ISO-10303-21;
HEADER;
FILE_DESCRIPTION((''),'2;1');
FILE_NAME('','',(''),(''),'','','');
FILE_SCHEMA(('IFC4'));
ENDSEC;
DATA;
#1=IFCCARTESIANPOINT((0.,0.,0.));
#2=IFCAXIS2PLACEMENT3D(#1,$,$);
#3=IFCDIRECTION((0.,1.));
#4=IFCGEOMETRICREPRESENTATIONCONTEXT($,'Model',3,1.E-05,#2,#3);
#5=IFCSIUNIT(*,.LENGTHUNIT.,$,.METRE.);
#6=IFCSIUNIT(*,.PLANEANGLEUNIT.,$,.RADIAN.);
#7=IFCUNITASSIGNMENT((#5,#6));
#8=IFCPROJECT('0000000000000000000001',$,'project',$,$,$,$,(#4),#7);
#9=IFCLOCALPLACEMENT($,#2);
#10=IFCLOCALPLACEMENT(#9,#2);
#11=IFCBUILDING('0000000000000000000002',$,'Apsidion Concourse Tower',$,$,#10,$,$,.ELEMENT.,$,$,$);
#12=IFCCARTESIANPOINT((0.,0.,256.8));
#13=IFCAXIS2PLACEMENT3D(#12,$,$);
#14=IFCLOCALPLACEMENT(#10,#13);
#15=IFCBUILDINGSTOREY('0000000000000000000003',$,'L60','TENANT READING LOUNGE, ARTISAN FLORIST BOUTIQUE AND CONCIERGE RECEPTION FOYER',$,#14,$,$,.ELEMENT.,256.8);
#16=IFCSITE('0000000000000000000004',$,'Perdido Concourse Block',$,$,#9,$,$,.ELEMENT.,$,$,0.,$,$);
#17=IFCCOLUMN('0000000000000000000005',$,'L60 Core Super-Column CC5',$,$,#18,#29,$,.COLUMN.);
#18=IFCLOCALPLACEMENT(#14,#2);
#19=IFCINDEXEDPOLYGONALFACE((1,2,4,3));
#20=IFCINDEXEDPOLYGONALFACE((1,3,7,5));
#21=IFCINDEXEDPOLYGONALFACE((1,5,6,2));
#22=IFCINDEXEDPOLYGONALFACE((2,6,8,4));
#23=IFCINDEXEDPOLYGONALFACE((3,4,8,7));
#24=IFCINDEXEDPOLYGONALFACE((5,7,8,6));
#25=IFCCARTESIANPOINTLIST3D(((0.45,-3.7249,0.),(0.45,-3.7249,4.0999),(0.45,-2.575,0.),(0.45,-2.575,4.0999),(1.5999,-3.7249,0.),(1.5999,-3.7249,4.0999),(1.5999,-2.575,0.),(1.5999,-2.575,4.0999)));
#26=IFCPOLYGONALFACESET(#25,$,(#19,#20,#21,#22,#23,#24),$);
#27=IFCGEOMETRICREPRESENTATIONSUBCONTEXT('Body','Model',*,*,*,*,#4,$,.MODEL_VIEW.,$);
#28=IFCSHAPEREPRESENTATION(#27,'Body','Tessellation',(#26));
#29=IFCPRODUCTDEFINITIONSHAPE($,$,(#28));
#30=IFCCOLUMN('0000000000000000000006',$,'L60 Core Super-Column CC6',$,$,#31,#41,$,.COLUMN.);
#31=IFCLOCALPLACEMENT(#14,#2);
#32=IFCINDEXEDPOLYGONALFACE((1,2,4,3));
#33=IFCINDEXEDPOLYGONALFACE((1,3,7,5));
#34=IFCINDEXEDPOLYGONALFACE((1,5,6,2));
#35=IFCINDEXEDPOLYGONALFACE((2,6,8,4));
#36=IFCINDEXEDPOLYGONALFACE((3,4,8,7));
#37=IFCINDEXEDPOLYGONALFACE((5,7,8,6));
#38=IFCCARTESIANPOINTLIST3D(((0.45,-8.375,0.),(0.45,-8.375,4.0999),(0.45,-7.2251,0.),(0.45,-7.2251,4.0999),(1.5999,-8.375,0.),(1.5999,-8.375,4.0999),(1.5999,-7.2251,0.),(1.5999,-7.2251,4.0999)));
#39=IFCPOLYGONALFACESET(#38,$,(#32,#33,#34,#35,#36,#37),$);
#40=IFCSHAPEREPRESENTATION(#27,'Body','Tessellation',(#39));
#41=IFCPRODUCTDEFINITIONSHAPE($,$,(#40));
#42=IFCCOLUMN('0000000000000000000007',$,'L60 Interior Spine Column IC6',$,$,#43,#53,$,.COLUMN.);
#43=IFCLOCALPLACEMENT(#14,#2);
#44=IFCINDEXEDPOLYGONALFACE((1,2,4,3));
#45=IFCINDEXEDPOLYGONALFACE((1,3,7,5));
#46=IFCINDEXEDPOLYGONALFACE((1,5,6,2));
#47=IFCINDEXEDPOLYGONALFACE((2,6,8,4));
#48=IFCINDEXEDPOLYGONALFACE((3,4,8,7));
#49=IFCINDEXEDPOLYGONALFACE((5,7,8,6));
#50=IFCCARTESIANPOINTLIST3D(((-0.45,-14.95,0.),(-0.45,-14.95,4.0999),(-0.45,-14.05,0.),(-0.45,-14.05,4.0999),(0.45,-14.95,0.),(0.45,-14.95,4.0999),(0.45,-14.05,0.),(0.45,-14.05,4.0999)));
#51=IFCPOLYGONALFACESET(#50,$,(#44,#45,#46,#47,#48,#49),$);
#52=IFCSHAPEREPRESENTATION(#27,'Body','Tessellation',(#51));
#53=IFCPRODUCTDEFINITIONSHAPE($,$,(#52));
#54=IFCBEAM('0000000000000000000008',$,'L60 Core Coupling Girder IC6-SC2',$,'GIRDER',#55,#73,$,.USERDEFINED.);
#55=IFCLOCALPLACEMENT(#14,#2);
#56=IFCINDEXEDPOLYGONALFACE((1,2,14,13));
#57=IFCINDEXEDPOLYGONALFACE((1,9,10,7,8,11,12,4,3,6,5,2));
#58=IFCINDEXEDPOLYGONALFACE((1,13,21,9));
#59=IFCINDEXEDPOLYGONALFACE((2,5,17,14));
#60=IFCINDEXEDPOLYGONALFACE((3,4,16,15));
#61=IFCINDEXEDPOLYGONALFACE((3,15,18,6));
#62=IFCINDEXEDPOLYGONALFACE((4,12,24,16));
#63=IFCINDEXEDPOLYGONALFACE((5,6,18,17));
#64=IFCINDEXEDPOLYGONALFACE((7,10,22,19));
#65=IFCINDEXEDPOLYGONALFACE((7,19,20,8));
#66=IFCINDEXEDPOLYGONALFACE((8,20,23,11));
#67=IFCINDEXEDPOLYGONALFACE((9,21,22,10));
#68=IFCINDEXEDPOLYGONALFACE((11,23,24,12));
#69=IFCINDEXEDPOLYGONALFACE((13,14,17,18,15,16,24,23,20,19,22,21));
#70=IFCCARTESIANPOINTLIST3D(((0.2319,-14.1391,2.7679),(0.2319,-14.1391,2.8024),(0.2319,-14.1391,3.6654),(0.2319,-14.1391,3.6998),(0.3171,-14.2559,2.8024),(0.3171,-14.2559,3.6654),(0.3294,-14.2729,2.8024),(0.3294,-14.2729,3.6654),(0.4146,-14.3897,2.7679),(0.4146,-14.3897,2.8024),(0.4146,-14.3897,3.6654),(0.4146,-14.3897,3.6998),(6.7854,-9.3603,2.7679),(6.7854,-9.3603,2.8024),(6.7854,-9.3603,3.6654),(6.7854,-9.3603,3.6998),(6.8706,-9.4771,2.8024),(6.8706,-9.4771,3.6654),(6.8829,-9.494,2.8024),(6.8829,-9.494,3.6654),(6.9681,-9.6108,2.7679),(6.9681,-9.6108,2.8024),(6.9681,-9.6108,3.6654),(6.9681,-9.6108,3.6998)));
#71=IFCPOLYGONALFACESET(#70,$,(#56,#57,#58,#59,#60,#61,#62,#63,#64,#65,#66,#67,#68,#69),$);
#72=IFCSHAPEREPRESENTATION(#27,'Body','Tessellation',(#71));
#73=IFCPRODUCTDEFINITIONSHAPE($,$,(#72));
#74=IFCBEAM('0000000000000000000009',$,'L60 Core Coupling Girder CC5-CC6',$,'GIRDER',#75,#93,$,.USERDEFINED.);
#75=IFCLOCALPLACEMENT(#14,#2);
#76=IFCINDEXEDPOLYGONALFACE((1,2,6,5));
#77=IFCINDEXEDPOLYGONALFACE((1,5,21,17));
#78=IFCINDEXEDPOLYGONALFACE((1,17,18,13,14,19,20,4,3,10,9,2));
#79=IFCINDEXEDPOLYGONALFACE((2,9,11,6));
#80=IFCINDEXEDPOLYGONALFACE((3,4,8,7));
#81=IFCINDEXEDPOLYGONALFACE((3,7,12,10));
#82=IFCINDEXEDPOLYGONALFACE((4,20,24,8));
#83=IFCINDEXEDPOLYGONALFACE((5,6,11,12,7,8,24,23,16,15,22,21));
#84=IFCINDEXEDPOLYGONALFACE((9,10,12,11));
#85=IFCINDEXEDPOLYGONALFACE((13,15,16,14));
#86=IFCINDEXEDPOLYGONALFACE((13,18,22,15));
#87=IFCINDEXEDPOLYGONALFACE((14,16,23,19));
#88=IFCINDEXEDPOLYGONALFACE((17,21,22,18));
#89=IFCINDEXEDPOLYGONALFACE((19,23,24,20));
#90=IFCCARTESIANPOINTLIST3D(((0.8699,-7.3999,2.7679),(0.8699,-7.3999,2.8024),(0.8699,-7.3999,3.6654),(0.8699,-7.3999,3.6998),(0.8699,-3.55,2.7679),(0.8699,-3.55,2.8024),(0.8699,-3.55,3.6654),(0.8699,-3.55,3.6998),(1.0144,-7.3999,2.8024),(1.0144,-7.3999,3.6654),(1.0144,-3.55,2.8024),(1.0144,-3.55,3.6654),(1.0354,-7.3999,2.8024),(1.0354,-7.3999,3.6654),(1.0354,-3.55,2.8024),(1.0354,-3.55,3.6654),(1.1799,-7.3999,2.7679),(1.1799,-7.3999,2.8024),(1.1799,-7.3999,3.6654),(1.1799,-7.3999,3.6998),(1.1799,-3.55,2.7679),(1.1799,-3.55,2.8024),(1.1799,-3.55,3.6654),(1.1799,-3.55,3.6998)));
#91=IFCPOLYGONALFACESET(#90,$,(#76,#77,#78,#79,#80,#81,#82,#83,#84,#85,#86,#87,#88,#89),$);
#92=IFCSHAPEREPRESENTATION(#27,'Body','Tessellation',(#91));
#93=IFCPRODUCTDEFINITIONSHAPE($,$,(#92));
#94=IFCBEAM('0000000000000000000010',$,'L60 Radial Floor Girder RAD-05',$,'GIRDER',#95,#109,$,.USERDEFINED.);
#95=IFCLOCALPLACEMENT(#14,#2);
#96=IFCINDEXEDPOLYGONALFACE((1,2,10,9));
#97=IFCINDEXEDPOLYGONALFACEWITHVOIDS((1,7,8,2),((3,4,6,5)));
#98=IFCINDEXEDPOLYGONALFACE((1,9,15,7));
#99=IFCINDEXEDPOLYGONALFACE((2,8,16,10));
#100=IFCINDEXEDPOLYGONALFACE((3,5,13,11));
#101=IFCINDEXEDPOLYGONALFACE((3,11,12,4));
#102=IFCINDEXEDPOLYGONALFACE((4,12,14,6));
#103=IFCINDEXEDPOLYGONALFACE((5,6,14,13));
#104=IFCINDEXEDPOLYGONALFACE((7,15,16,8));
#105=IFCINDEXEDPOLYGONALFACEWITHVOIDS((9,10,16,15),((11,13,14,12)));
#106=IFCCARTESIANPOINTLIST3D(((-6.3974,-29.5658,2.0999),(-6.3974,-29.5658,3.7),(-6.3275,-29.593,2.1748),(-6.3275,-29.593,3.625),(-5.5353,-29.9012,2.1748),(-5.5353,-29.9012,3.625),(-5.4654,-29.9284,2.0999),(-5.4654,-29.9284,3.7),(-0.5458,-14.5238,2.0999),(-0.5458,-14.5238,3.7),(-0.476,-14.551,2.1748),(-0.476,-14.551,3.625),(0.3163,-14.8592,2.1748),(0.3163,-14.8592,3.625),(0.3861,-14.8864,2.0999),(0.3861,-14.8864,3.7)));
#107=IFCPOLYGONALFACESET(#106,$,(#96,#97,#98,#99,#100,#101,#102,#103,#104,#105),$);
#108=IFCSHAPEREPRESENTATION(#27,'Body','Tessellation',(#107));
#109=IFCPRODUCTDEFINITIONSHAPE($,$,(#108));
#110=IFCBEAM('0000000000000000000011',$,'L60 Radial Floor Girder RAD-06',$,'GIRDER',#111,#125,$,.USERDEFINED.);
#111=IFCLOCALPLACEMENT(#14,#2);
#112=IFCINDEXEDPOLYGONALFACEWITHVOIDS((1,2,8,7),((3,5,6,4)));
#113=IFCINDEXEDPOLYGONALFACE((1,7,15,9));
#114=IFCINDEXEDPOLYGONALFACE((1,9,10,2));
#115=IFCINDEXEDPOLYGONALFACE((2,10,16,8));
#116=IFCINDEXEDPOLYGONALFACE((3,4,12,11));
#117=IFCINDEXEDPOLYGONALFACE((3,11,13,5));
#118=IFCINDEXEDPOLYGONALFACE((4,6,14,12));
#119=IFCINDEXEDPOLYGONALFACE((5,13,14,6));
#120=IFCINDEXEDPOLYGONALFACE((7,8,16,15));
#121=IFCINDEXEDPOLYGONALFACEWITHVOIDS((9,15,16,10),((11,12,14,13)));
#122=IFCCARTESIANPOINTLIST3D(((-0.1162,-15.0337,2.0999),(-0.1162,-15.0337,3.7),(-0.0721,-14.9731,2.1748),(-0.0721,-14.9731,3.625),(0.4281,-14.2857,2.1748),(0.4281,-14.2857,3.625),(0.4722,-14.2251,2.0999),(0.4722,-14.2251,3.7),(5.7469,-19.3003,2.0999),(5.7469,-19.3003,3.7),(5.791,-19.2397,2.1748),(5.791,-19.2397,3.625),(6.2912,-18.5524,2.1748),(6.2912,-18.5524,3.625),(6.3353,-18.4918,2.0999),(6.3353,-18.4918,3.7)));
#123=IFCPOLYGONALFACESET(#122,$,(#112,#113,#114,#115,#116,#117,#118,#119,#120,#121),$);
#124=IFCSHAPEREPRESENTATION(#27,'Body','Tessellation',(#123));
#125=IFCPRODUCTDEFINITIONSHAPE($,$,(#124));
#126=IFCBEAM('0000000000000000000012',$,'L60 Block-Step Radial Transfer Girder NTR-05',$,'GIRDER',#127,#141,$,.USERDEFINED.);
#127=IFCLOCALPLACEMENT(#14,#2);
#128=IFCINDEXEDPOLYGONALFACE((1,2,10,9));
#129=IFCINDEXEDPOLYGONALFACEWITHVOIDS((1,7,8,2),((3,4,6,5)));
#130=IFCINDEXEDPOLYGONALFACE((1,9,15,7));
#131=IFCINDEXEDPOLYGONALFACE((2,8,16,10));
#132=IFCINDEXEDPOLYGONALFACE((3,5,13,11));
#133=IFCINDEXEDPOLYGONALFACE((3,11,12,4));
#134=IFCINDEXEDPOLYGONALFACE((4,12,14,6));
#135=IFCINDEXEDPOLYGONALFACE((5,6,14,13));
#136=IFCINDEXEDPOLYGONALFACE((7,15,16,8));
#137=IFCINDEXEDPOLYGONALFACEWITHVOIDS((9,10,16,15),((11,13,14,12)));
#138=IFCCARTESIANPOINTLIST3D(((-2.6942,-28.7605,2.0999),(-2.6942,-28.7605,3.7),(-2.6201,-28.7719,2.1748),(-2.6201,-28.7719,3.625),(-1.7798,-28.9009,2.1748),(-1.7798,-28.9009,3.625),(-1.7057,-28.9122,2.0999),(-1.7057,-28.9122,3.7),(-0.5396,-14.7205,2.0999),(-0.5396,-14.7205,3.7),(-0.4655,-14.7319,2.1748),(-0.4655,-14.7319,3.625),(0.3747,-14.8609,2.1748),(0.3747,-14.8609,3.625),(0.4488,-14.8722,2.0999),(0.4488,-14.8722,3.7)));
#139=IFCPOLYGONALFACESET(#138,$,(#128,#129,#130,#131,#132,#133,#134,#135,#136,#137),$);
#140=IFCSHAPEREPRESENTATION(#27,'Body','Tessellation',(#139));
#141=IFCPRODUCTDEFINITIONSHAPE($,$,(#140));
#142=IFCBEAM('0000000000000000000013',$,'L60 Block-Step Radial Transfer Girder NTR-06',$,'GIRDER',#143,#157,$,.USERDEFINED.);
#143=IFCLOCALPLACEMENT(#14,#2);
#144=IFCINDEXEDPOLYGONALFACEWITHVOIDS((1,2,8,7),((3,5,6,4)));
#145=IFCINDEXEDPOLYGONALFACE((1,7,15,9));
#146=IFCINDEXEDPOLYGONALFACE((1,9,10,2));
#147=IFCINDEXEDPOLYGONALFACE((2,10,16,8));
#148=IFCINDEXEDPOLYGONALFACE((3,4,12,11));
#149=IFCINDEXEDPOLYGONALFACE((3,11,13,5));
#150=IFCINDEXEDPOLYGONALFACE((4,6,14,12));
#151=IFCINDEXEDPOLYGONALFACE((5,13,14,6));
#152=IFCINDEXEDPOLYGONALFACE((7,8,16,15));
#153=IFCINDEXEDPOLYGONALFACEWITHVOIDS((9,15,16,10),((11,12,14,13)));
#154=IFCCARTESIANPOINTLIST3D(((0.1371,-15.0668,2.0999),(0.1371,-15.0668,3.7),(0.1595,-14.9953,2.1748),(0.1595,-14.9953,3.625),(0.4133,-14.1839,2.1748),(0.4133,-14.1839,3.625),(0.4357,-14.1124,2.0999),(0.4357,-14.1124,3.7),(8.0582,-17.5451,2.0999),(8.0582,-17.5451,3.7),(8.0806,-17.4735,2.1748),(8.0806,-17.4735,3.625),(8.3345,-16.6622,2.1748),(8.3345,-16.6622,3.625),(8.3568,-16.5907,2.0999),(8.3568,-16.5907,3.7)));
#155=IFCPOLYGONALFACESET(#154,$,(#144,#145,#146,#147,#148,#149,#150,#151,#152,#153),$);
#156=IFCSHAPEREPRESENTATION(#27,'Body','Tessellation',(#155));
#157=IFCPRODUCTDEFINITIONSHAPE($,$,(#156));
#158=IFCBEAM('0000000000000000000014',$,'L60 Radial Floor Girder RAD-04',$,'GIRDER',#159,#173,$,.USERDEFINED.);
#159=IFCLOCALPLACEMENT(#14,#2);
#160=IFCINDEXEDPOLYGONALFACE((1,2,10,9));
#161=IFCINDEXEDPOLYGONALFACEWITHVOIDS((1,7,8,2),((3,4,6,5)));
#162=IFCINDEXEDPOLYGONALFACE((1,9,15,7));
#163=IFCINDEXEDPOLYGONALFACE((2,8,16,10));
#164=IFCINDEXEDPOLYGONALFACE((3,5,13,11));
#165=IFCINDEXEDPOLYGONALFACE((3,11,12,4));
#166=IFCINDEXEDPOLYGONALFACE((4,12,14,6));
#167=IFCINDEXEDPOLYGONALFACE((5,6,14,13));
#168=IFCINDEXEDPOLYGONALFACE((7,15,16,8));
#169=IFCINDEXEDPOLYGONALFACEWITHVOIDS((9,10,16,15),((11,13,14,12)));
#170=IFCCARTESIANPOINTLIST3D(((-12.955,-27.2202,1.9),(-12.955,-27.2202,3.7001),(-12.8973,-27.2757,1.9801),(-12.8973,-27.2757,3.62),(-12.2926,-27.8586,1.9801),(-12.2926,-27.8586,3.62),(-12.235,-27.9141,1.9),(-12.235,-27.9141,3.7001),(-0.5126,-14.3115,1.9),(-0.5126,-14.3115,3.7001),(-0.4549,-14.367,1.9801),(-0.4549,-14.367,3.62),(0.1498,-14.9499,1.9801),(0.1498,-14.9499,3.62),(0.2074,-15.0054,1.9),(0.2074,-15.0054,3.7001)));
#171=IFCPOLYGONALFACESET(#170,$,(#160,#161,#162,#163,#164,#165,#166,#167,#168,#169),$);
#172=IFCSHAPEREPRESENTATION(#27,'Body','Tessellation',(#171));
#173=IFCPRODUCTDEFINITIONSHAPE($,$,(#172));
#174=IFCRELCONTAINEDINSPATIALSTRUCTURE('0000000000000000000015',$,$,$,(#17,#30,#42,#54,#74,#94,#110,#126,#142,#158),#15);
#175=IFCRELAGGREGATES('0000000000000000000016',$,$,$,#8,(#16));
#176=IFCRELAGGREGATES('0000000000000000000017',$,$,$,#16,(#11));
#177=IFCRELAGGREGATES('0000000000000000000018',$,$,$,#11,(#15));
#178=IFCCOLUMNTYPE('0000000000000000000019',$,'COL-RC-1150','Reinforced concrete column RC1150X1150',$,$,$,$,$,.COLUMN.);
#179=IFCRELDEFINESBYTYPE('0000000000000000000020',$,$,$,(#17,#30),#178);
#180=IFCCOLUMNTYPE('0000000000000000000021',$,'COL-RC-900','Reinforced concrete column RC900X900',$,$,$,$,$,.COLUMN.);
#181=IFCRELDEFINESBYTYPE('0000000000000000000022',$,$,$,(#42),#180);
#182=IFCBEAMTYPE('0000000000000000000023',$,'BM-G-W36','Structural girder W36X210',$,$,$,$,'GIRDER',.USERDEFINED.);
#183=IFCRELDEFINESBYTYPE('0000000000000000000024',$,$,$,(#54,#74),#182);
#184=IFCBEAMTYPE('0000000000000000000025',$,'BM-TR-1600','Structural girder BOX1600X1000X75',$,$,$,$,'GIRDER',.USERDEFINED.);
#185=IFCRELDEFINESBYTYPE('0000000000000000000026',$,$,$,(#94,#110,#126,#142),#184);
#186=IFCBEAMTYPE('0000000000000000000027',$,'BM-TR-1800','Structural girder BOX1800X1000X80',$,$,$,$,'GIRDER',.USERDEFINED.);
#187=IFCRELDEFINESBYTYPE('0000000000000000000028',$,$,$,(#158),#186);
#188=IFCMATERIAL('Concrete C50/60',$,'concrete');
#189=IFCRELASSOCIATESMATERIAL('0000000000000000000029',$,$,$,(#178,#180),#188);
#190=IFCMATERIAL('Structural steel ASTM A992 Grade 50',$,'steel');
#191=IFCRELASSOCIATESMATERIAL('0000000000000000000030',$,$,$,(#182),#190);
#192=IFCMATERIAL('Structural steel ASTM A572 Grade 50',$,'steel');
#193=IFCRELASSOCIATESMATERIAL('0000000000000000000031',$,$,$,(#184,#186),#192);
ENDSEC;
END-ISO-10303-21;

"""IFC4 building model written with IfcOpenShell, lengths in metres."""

from ifc_helpers import new_model, si_unit, direction, frame, origin, origin_2d, place, context, subcontext, project, spatial, rectangle, hollow_rectangle, i_section, extrude, material, material_profile, profile_set, type_object, element, save


model = new_model("IFC4")

# Units and contexts
model_context = context("Model", 3, precision=1e-05, world=origin(), true_north=direction((0.0, 1.0)))
body_context = subcontext(model_context, "Body", "Model", "MODEL_VIEW")
ifc_project = project(units=[si_unit("LENGTHUNIT", "METRE"), si_unit("PLANEANGLEUNIT", "RADIAN")], contexts=[model_context])

# Site, building, storey
site_placement = place(None, origin())
site = spatial("IfcSite", under=ifc_project, at=site_placement, Name="Perdido Concourse Block", CompositionType="ELEMENT", RefElevation=0.0)
building_placement = place(site_placement, origin())
building = spatial("IfcBuilding", under=site, at=building_placement, Name="Apsidion Concourse Tower", CompositionType="ELEMENT")
storey_placement = place(building_placement, frame((0.0, 0.0, 256.8)))
storey = spatial("IfcBuildingStorey", under=building, at=storey_placement, Name="L60", Description="TENANT READING LOUNGE, ARTISAN FLORIST BOUTIQUE AND CONCIERGE RECEPTION FOYER", CompositionType="ELEMENT", Elevation=256.8)

# Columns
ifc_material_1 = material(Name="Concrete C50/60", Category="concrete")
ifc_material_profile_1 = material_profile(ifc_material_1, rectangle(XDim=1.1499, YDim=1.1499, at=origin_2d()), Name="RC 1150x1150")
ifc_profile_set_1 = profile_set([ifc_material_profile_1], Name="Concrete C50/60")
column_type_1 = type_object("IfcColumnType", Name="COL-RC-1150", Description="Reinforced concrete column RC1150X1150", PredefinedType="COLUMN", material=ifc_profile_set_1)
for number, where, z_axis, x_axis, name in (
    (1, (1.0249, -3.1499, 0.0), (0.0, 0.0, 1.0), (1.0, 0.0, 0.0), "L60 Core Super-Column CC5"),
    (2, (1.0249, -7.8, 0.0), (0.0, 0.0, 1.0), (1.0, 0.0, 0.0), "L60 Core Super-Column CC6"),
):
    element("IfcColumn", number, at=place(storey_placement, frame(where, z_axis=z_axis, x_axis=x_axis)), inside=storey, type_object=column_type_1, Name=name, PredefinedType="COLUMN", context=body_context, shape_type="SweptSolid", body=[
        extrude(rectangle(XDim=1.1499, YDim=1.1499, at=origin_2d()), origin(), (0.0, 0.0, 1.0), 4.0999),
    ])
ifc_material_profile_2 = material_profile(ifc_material_1, rectangle(XDim=0.8999, YDim=0.8999, at=origin_2d()), Name="RC 900x900")
ifc_profile_set_2 = profile_set([ifc_material_profile_2], Name="Concrete C50/60")
column_type_2 = type_object("IfcColumnType", Name="COL-RC-900", Description="Reinforced concrete column RC900X900", PredefinedType="COLUMN", material=ifc_profile_set_2)
column_placement = place(storey_placement, frame((0.0, -14.5, 0.0), z_axis=(0.0, 0.0, 1.0), x_axis=(1.0, 0.0, 0.0)))
element("IfcColumn", 3, at=column_placement, inside=storey, type_object=column_type_2, Name="L60 Interior Spine Column IC6", PredefinedType="COLUMN", context=body_context, shape_type="SweptSolid", body=[
    extrude(rectangle(XDim=0.8999, YDim=0.8999, at=origin_2d()), origin(), (0.0, 0.0, 1.0), 4.0999),
])

# Beams
ifc_material_2 = material(Name="Structural steel ASTM A992 Grade 50", Category="steel")
ifc_material_profile_3 = material_profile(ifc_material_2, i_section(OverallWidth=0.3101, OverallDepth=0.9319, WebThickness=0.021, FlangeThickness=0.0344, at=origin_2d()), Name="W36X210")
ifc_profile_set_3 = profile_set([ifc_material_profile_3], Name="Structural steel ASTM A992 Grade 50")
beam_type_1 = type_object("IfcBeamType", Name="BM-G-W36", Description="Structural girder W36X210", ElementType="GIRDER", PredefinedType="USERDEFINED", material=ifc_profile_set_3)
beam_1_placement = place(storey_placement, frame((0.3232, -14.2644, 3.2339), z_axis=(0.807993, 0.589191, 0.0), x_axis=(-0.589191, 0.807993, 0.0)))
element("IfcBeam", 4, at=beam_1_placement, inside=storey, type_object=beam_type_1, Name="L60 Core Coupling Girder IC6-SC2", ObjectType="GIRDER", PredefinedType="USERDEFINED", context=body_context, shape_type="SweptSolid", body=[
    extrude(i_section(OverallWidth=0.3101, OverallDepth=0.9319, WebThickness=0.021, FlangeThickness=0.0344, at=origin_2d()), origin(), (0.0, 0.0, 1.0), 8.1108),
])
beam_2_placement = place(storey_placement, frame((1.0249, -3.55, 3.2339), z_axis=(0.0, -1.0, 0.0), x_axis=(1.0, 0.0, 0.0)))
element("IfcBeam", 5, at=beam_2_placement, inside=storey, type_object=beam_type_1, Name="L60 Core Coupling Girder CC5-CC6", ObjectType="GIRDER", PredefinedType="USERDEFINED", context=body_context, shape_type="SweptSolid", body=[
    extrude(i_section(OverallWidth=0.3101, OverallDepth=0.9319, WebThickness=0.021, FlangeThickness=0.0344, at=origin_2d()), origin(), (0.0, 0.0, 1.0), 3.8499),
])
ifc_material_3 = material(Name="Structural steel ASTM A572 Grade 50", Category="steel")
ifc_material_profile_4 = material_profile(ifc_material_3, hollow_rectangle(XDim=1.0, YDim=1.6001, WallThickness=0.075, at=origin_2d()), Name="BOX1600X1000X75")
ifc_profile_set_4 = profile_set([ifc_material_profile_4], Name="Structural steel ASTM A572 Grade 50")
beam_type_2 = type_object("IfcBeamType", Name="BM-TR-1600", Description="Structural girder BOX1600X1000X75", ElementType="GIRDER", PredefinedType="USERDEFINED", material=ifc_profile_set_4)
beam_3_placement = place(storey_placement, frame((-0.0798, -14.7051, 2.8999), z_axis=(-0.362548, -0.931965, 0.0), x_axis=(0.931965, -0.362548, 0.0)))
element("IfcBeam", 6, at=beam_3_placement, inside=storey, type_object=beam_type_2, Name="L60 Radial Floor Girder RAD-05", ObjectType="GIRDER", PredefinedType="USERDEFINED", context=body_context, shape_type="SweptSolid", body=[
    extrude(hollow_rectangle(XDim=1.0, YDim=1.6001, WallThickness=0.075, at=origin_2d()), origin(), (0.0, 0.0, 1.0), 16.1401),
])
beam_4_placement = place(storey_placement, frame((0.178, -14.6294, 2.8999), z_axis=(0.808567, -0.588404, 0.0), x_axis=(0.588404, 0.808567, 0.0)))
element("IfcBeam", 7, at=beam_4_placement, inside=storey, type_object=beam_type_2, Name="L60 Radial Floor Girder RAD-06", ObjectType="GIRDER", PredefinedType="USERDEFINED", context=body_context, shape_type="SweptSolid", body=[
    extrude(hollow_rectangle(XDim=1.0, YDim=1.6001, WallThickness=0.075, at=origin_2d()), origin(), (0.0, 0.0, 1.0), 7.2512),
])
beam_5_placement = place(storey_placement, frame((-0.0454, -14.7964, 2.8999), z_axis=(-0.151681, -0.988429, 0.0), x_axis=(0.988429, -0.151681, 0.0)))
element("IfcBeam", 8, at=beam_5_placement, inside=storey, type_object=beam_type_2, Name="L60 Block-Step Radial Transfer Girder NTR-05", ObjectType="GIRDER", PredefinedType="USERDEFINED", context=body_context, shape_type="SweptSolid", body=[
    extrude(hollow_rectangle(XDim=1.0, YDim=1.6001, WallThickness=0.075, at=origin_2d()), origin(), (0.0, 0.0, 1.0), 14.2043),
])
beam_6_placement = place(storey_placement, frame((0.2864, -14.5896, 2.8999), z_axis=(0.95438, -0.298595, 0.0), x_axis=(0.298595, 0.95438, 0.0)))
element("IfcBeam", 9, at=beam_6_placement, inside=storey, type_object=beam_type_2, Name="L60 Block-Step Radial Transfer Girder NTR-06", ObjectType="GIRDER", PredefinedType="USERDEFINED", context=body_context, shape_type="SweptSolid", body=[
    extrude(hollow_rectangle(XDim=1.0, YDim=1.6001, WallThickness=0.075, at=origin_2d()), origin(), (0.0, 0.0, 1.0), 8.2998),
])
ifc_material_profile_5 = material_profile(ifc_material_3, hollow_rectangle(XDim=1.0, YDim=1.8, WallThickness=0.0801, at=origin_2d()), Name="BOX1800X1000X80")
ifc_profile_set_5 = profile_set([ifc_material_profile_5], Name="Structural steel ASTM A572 Grade 50")
beam_type_3 = type_object("IfcBeamType", Name="BM-TR-1800", Description="Structural girder BOX1800X1000X80", ElementType="GIRDER", PredefinedType="USERDEFINED", material=ifc_profile_set_5)
beam_7_placement = place(storey_placement, frame((-0.1526, -14.6584, 2.8), z_axis=(-0.693983, -0.719992, 0.0), x_axis=(0.719992, -0.693983, 0.0)))
element("IfcBeam", 10, at=beam_7_placement, inside=storey, type_object=beam_type_3, Name="L60 Radial Floor Girder RAD-04", ObjectType="GIRDER", PredefinedType="USERDEFINED", context=body_context, shape_type="SweptSolid", body=[
    extrude(hollow_rectangle(XDim=1.0, YDim=1.8, WallThickness=0.0801, at=origin_2d()), origin(), (0.0, 0.0, 1.0), 17.929),
])

save(model, "model.ifc")
